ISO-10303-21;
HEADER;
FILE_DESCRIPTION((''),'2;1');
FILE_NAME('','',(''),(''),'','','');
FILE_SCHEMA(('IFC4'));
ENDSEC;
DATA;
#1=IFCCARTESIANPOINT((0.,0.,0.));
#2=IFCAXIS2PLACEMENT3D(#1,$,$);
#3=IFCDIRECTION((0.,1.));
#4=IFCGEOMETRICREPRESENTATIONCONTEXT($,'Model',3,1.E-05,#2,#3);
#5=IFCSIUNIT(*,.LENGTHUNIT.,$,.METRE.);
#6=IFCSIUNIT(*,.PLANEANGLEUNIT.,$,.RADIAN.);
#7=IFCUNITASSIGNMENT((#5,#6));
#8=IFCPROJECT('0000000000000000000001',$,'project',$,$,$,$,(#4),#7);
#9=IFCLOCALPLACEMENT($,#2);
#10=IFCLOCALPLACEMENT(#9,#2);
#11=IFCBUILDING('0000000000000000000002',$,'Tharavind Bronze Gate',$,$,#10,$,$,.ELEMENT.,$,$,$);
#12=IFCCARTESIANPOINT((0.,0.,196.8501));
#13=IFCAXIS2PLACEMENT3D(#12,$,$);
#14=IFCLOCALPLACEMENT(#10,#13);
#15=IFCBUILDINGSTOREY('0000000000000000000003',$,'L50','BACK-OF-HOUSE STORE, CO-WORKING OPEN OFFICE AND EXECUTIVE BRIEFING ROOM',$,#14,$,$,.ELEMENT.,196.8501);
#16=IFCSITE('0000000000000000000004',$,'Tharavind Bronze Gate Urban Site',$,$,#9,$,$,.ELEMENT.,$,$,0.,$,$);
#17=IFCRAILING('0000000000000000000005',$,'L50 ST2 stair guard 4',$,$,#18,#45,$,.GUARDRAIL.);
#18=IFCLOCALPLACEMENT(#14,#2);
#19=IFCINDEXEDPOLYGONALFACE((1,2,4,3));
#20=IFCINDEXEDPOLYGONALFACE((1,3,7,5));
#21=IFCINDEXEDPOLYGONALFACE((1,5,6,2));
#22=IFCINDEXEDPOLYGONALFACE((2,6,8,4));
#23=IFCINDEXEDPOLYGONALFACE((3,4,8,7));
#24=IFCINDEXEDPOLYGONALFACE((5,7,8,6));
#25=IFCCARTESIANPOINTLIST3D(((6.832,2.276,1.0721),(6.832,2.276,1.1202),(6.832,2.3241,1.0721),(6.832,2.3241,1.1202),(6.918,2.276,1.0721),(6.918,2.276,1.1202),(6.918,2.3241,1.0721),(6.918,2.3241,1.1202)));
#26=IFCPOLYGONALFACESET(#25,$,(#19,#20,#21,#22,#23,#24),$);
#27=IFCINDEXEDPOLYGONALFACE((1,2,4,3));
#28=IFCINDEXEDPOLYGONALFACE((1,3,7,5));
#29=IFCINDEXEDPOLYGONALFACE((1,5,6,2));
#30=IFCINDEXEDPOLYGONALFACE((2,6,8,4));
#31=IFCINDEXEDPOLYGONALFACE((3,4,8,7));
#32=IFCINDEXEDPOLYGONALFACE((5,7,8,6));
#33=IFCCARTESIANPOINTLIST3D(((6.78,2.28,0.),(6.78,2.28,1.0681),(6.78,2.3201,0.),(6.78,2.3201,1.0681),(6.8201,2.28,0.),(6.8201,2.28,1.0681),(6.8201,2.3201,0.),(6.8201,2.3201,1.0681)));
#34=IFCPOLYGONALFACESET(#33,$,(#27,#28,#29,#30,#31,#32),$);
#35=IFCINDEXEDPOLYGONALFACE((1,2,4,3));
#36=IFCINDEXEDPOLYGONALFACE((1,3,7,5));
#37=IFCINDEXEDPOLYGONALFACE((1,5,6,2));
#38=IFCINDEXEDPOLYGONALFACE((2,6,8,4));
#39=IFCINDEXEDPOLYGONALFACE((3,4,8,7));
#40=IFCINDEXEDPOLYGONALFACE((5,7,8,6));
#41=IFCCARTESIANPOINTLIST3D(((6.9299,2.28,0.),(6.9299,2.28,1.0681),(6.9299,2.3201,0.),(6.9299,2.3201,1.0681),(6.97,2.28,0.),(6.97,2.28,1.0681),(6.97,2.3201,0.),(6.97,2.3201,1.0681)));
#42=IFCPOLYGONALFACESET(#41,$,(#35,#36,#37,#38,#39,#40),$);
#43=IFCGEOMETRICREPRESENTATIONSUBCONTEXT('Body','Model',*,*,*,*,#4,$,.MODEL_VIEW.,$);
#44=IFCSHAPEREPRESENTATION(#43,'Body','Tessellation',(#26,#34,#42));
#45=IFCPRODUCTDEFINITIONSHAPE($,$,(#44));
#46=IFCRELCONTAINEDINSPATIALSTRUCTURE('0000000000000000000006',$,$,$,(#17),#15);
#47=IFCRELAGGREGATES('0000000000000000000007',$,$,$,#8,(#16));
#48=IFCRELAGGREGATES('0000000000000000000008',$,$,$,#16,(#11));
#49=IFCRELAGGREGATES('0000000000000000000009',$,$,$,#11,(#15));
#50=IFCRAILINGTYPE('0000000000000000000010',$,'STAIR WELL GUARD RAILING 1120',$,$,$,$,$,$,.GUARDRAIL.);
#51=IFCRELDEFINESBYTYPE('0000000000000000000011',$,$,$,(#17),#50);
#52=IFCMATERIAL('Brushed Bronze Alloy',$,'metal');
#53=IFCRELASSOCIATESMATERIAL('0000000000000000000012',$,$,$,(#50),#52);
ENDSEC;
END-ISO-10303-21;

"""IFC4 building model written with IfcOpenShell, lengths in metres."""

from ifc_helpers import new_model, si_unit, direction, frame, origin, origin_2d, place, context, subcontext, project, spatial, rectangle, extrude, material, type_object, element, save


model = new_model("IFC4")

# Units and contexts
model_context = context("Model", 3, precision=1e-05, world=origin(), true_north=direction((0.0, 1.0)))
body_context = subcontext(model_context, "Body", "Model", "MODEL_VIEW")
ifc_project = project(units=[si_unit("LENGTHUNIT", "METRE"), si_unit("PLANEANGLEUNIT", "RADIAN")], contexts=[model_context])

# Site, building, storey
site_placement = place(None, origin())
site = spatial("IfcSite", under=ifc_project, at=site_placement, Name="Tharavind Bronze Gate Urban Site", CompositionType="ELEMENT", RefElevation=0.0)
building_placement = place(site_placement, origin())
building = spatial("IfcBuilding", under=site, at=building_placement, Name="Tharavind Bronze Gate", CompositionType="ELEMENT")
storey_placement = place(building_placement, frame((0.0, 0.0, 196.8501)))
storey = spatial("IfcBuildingStorey", under=building, at=storey_placement, Name="L50", Description="BACK-OF-HOUSE STORE, CO-WORKING OPEN OFFICE AND EXECUTIVE BRIEFING ROOM", CompositionType="ELEMENT", Elevation=196.8501)

# Railing
ifc_material_1 = material(Name="Brushed Bronze Alloy", Category="metal")
railing_type_1 = type_object("IfcRailingType", Name="STAIR WELL GUARD RAILING 1120", PredefinedType="GUARDRAIL", material=ifc_material_1)
railing_1_placement = place(storey_placement, frame((6.8, 2.3, 0.0)))
element("IfcRailing", 1, at=railing_1_placement, inside=storey, type_object=railing_type_1, Name="L50 ST2 stair guard 4", PredefinedType="GUARDRAIL", context=body_context, shape_type="SweptSolid", body=[
    extrude(rectangle(XDim=0.0481, YDim=0.0481, at=origin_2d()), frame((0.032, 0.0, 1.0962), z_axis=(1.0, 0.0, 0.0), x_axis=(0.0, 1.0, 0.0)), (0.0, 0.0, 1.0), 0.0859),
    extrude(rectangle(XDim=0.04, YDim=0.04, at=origin_2d()), origin(), (0.0, 0.0, 1.0), 1.0681),
    extrude(rectangle(XDim=0.04, YDim=0.04, at=origin_2d()), frame((0.1499, 0.0, 0.0)), (0.0, 0.0, 1.0), 1.0681),
])

save(model, "model.ifc")
